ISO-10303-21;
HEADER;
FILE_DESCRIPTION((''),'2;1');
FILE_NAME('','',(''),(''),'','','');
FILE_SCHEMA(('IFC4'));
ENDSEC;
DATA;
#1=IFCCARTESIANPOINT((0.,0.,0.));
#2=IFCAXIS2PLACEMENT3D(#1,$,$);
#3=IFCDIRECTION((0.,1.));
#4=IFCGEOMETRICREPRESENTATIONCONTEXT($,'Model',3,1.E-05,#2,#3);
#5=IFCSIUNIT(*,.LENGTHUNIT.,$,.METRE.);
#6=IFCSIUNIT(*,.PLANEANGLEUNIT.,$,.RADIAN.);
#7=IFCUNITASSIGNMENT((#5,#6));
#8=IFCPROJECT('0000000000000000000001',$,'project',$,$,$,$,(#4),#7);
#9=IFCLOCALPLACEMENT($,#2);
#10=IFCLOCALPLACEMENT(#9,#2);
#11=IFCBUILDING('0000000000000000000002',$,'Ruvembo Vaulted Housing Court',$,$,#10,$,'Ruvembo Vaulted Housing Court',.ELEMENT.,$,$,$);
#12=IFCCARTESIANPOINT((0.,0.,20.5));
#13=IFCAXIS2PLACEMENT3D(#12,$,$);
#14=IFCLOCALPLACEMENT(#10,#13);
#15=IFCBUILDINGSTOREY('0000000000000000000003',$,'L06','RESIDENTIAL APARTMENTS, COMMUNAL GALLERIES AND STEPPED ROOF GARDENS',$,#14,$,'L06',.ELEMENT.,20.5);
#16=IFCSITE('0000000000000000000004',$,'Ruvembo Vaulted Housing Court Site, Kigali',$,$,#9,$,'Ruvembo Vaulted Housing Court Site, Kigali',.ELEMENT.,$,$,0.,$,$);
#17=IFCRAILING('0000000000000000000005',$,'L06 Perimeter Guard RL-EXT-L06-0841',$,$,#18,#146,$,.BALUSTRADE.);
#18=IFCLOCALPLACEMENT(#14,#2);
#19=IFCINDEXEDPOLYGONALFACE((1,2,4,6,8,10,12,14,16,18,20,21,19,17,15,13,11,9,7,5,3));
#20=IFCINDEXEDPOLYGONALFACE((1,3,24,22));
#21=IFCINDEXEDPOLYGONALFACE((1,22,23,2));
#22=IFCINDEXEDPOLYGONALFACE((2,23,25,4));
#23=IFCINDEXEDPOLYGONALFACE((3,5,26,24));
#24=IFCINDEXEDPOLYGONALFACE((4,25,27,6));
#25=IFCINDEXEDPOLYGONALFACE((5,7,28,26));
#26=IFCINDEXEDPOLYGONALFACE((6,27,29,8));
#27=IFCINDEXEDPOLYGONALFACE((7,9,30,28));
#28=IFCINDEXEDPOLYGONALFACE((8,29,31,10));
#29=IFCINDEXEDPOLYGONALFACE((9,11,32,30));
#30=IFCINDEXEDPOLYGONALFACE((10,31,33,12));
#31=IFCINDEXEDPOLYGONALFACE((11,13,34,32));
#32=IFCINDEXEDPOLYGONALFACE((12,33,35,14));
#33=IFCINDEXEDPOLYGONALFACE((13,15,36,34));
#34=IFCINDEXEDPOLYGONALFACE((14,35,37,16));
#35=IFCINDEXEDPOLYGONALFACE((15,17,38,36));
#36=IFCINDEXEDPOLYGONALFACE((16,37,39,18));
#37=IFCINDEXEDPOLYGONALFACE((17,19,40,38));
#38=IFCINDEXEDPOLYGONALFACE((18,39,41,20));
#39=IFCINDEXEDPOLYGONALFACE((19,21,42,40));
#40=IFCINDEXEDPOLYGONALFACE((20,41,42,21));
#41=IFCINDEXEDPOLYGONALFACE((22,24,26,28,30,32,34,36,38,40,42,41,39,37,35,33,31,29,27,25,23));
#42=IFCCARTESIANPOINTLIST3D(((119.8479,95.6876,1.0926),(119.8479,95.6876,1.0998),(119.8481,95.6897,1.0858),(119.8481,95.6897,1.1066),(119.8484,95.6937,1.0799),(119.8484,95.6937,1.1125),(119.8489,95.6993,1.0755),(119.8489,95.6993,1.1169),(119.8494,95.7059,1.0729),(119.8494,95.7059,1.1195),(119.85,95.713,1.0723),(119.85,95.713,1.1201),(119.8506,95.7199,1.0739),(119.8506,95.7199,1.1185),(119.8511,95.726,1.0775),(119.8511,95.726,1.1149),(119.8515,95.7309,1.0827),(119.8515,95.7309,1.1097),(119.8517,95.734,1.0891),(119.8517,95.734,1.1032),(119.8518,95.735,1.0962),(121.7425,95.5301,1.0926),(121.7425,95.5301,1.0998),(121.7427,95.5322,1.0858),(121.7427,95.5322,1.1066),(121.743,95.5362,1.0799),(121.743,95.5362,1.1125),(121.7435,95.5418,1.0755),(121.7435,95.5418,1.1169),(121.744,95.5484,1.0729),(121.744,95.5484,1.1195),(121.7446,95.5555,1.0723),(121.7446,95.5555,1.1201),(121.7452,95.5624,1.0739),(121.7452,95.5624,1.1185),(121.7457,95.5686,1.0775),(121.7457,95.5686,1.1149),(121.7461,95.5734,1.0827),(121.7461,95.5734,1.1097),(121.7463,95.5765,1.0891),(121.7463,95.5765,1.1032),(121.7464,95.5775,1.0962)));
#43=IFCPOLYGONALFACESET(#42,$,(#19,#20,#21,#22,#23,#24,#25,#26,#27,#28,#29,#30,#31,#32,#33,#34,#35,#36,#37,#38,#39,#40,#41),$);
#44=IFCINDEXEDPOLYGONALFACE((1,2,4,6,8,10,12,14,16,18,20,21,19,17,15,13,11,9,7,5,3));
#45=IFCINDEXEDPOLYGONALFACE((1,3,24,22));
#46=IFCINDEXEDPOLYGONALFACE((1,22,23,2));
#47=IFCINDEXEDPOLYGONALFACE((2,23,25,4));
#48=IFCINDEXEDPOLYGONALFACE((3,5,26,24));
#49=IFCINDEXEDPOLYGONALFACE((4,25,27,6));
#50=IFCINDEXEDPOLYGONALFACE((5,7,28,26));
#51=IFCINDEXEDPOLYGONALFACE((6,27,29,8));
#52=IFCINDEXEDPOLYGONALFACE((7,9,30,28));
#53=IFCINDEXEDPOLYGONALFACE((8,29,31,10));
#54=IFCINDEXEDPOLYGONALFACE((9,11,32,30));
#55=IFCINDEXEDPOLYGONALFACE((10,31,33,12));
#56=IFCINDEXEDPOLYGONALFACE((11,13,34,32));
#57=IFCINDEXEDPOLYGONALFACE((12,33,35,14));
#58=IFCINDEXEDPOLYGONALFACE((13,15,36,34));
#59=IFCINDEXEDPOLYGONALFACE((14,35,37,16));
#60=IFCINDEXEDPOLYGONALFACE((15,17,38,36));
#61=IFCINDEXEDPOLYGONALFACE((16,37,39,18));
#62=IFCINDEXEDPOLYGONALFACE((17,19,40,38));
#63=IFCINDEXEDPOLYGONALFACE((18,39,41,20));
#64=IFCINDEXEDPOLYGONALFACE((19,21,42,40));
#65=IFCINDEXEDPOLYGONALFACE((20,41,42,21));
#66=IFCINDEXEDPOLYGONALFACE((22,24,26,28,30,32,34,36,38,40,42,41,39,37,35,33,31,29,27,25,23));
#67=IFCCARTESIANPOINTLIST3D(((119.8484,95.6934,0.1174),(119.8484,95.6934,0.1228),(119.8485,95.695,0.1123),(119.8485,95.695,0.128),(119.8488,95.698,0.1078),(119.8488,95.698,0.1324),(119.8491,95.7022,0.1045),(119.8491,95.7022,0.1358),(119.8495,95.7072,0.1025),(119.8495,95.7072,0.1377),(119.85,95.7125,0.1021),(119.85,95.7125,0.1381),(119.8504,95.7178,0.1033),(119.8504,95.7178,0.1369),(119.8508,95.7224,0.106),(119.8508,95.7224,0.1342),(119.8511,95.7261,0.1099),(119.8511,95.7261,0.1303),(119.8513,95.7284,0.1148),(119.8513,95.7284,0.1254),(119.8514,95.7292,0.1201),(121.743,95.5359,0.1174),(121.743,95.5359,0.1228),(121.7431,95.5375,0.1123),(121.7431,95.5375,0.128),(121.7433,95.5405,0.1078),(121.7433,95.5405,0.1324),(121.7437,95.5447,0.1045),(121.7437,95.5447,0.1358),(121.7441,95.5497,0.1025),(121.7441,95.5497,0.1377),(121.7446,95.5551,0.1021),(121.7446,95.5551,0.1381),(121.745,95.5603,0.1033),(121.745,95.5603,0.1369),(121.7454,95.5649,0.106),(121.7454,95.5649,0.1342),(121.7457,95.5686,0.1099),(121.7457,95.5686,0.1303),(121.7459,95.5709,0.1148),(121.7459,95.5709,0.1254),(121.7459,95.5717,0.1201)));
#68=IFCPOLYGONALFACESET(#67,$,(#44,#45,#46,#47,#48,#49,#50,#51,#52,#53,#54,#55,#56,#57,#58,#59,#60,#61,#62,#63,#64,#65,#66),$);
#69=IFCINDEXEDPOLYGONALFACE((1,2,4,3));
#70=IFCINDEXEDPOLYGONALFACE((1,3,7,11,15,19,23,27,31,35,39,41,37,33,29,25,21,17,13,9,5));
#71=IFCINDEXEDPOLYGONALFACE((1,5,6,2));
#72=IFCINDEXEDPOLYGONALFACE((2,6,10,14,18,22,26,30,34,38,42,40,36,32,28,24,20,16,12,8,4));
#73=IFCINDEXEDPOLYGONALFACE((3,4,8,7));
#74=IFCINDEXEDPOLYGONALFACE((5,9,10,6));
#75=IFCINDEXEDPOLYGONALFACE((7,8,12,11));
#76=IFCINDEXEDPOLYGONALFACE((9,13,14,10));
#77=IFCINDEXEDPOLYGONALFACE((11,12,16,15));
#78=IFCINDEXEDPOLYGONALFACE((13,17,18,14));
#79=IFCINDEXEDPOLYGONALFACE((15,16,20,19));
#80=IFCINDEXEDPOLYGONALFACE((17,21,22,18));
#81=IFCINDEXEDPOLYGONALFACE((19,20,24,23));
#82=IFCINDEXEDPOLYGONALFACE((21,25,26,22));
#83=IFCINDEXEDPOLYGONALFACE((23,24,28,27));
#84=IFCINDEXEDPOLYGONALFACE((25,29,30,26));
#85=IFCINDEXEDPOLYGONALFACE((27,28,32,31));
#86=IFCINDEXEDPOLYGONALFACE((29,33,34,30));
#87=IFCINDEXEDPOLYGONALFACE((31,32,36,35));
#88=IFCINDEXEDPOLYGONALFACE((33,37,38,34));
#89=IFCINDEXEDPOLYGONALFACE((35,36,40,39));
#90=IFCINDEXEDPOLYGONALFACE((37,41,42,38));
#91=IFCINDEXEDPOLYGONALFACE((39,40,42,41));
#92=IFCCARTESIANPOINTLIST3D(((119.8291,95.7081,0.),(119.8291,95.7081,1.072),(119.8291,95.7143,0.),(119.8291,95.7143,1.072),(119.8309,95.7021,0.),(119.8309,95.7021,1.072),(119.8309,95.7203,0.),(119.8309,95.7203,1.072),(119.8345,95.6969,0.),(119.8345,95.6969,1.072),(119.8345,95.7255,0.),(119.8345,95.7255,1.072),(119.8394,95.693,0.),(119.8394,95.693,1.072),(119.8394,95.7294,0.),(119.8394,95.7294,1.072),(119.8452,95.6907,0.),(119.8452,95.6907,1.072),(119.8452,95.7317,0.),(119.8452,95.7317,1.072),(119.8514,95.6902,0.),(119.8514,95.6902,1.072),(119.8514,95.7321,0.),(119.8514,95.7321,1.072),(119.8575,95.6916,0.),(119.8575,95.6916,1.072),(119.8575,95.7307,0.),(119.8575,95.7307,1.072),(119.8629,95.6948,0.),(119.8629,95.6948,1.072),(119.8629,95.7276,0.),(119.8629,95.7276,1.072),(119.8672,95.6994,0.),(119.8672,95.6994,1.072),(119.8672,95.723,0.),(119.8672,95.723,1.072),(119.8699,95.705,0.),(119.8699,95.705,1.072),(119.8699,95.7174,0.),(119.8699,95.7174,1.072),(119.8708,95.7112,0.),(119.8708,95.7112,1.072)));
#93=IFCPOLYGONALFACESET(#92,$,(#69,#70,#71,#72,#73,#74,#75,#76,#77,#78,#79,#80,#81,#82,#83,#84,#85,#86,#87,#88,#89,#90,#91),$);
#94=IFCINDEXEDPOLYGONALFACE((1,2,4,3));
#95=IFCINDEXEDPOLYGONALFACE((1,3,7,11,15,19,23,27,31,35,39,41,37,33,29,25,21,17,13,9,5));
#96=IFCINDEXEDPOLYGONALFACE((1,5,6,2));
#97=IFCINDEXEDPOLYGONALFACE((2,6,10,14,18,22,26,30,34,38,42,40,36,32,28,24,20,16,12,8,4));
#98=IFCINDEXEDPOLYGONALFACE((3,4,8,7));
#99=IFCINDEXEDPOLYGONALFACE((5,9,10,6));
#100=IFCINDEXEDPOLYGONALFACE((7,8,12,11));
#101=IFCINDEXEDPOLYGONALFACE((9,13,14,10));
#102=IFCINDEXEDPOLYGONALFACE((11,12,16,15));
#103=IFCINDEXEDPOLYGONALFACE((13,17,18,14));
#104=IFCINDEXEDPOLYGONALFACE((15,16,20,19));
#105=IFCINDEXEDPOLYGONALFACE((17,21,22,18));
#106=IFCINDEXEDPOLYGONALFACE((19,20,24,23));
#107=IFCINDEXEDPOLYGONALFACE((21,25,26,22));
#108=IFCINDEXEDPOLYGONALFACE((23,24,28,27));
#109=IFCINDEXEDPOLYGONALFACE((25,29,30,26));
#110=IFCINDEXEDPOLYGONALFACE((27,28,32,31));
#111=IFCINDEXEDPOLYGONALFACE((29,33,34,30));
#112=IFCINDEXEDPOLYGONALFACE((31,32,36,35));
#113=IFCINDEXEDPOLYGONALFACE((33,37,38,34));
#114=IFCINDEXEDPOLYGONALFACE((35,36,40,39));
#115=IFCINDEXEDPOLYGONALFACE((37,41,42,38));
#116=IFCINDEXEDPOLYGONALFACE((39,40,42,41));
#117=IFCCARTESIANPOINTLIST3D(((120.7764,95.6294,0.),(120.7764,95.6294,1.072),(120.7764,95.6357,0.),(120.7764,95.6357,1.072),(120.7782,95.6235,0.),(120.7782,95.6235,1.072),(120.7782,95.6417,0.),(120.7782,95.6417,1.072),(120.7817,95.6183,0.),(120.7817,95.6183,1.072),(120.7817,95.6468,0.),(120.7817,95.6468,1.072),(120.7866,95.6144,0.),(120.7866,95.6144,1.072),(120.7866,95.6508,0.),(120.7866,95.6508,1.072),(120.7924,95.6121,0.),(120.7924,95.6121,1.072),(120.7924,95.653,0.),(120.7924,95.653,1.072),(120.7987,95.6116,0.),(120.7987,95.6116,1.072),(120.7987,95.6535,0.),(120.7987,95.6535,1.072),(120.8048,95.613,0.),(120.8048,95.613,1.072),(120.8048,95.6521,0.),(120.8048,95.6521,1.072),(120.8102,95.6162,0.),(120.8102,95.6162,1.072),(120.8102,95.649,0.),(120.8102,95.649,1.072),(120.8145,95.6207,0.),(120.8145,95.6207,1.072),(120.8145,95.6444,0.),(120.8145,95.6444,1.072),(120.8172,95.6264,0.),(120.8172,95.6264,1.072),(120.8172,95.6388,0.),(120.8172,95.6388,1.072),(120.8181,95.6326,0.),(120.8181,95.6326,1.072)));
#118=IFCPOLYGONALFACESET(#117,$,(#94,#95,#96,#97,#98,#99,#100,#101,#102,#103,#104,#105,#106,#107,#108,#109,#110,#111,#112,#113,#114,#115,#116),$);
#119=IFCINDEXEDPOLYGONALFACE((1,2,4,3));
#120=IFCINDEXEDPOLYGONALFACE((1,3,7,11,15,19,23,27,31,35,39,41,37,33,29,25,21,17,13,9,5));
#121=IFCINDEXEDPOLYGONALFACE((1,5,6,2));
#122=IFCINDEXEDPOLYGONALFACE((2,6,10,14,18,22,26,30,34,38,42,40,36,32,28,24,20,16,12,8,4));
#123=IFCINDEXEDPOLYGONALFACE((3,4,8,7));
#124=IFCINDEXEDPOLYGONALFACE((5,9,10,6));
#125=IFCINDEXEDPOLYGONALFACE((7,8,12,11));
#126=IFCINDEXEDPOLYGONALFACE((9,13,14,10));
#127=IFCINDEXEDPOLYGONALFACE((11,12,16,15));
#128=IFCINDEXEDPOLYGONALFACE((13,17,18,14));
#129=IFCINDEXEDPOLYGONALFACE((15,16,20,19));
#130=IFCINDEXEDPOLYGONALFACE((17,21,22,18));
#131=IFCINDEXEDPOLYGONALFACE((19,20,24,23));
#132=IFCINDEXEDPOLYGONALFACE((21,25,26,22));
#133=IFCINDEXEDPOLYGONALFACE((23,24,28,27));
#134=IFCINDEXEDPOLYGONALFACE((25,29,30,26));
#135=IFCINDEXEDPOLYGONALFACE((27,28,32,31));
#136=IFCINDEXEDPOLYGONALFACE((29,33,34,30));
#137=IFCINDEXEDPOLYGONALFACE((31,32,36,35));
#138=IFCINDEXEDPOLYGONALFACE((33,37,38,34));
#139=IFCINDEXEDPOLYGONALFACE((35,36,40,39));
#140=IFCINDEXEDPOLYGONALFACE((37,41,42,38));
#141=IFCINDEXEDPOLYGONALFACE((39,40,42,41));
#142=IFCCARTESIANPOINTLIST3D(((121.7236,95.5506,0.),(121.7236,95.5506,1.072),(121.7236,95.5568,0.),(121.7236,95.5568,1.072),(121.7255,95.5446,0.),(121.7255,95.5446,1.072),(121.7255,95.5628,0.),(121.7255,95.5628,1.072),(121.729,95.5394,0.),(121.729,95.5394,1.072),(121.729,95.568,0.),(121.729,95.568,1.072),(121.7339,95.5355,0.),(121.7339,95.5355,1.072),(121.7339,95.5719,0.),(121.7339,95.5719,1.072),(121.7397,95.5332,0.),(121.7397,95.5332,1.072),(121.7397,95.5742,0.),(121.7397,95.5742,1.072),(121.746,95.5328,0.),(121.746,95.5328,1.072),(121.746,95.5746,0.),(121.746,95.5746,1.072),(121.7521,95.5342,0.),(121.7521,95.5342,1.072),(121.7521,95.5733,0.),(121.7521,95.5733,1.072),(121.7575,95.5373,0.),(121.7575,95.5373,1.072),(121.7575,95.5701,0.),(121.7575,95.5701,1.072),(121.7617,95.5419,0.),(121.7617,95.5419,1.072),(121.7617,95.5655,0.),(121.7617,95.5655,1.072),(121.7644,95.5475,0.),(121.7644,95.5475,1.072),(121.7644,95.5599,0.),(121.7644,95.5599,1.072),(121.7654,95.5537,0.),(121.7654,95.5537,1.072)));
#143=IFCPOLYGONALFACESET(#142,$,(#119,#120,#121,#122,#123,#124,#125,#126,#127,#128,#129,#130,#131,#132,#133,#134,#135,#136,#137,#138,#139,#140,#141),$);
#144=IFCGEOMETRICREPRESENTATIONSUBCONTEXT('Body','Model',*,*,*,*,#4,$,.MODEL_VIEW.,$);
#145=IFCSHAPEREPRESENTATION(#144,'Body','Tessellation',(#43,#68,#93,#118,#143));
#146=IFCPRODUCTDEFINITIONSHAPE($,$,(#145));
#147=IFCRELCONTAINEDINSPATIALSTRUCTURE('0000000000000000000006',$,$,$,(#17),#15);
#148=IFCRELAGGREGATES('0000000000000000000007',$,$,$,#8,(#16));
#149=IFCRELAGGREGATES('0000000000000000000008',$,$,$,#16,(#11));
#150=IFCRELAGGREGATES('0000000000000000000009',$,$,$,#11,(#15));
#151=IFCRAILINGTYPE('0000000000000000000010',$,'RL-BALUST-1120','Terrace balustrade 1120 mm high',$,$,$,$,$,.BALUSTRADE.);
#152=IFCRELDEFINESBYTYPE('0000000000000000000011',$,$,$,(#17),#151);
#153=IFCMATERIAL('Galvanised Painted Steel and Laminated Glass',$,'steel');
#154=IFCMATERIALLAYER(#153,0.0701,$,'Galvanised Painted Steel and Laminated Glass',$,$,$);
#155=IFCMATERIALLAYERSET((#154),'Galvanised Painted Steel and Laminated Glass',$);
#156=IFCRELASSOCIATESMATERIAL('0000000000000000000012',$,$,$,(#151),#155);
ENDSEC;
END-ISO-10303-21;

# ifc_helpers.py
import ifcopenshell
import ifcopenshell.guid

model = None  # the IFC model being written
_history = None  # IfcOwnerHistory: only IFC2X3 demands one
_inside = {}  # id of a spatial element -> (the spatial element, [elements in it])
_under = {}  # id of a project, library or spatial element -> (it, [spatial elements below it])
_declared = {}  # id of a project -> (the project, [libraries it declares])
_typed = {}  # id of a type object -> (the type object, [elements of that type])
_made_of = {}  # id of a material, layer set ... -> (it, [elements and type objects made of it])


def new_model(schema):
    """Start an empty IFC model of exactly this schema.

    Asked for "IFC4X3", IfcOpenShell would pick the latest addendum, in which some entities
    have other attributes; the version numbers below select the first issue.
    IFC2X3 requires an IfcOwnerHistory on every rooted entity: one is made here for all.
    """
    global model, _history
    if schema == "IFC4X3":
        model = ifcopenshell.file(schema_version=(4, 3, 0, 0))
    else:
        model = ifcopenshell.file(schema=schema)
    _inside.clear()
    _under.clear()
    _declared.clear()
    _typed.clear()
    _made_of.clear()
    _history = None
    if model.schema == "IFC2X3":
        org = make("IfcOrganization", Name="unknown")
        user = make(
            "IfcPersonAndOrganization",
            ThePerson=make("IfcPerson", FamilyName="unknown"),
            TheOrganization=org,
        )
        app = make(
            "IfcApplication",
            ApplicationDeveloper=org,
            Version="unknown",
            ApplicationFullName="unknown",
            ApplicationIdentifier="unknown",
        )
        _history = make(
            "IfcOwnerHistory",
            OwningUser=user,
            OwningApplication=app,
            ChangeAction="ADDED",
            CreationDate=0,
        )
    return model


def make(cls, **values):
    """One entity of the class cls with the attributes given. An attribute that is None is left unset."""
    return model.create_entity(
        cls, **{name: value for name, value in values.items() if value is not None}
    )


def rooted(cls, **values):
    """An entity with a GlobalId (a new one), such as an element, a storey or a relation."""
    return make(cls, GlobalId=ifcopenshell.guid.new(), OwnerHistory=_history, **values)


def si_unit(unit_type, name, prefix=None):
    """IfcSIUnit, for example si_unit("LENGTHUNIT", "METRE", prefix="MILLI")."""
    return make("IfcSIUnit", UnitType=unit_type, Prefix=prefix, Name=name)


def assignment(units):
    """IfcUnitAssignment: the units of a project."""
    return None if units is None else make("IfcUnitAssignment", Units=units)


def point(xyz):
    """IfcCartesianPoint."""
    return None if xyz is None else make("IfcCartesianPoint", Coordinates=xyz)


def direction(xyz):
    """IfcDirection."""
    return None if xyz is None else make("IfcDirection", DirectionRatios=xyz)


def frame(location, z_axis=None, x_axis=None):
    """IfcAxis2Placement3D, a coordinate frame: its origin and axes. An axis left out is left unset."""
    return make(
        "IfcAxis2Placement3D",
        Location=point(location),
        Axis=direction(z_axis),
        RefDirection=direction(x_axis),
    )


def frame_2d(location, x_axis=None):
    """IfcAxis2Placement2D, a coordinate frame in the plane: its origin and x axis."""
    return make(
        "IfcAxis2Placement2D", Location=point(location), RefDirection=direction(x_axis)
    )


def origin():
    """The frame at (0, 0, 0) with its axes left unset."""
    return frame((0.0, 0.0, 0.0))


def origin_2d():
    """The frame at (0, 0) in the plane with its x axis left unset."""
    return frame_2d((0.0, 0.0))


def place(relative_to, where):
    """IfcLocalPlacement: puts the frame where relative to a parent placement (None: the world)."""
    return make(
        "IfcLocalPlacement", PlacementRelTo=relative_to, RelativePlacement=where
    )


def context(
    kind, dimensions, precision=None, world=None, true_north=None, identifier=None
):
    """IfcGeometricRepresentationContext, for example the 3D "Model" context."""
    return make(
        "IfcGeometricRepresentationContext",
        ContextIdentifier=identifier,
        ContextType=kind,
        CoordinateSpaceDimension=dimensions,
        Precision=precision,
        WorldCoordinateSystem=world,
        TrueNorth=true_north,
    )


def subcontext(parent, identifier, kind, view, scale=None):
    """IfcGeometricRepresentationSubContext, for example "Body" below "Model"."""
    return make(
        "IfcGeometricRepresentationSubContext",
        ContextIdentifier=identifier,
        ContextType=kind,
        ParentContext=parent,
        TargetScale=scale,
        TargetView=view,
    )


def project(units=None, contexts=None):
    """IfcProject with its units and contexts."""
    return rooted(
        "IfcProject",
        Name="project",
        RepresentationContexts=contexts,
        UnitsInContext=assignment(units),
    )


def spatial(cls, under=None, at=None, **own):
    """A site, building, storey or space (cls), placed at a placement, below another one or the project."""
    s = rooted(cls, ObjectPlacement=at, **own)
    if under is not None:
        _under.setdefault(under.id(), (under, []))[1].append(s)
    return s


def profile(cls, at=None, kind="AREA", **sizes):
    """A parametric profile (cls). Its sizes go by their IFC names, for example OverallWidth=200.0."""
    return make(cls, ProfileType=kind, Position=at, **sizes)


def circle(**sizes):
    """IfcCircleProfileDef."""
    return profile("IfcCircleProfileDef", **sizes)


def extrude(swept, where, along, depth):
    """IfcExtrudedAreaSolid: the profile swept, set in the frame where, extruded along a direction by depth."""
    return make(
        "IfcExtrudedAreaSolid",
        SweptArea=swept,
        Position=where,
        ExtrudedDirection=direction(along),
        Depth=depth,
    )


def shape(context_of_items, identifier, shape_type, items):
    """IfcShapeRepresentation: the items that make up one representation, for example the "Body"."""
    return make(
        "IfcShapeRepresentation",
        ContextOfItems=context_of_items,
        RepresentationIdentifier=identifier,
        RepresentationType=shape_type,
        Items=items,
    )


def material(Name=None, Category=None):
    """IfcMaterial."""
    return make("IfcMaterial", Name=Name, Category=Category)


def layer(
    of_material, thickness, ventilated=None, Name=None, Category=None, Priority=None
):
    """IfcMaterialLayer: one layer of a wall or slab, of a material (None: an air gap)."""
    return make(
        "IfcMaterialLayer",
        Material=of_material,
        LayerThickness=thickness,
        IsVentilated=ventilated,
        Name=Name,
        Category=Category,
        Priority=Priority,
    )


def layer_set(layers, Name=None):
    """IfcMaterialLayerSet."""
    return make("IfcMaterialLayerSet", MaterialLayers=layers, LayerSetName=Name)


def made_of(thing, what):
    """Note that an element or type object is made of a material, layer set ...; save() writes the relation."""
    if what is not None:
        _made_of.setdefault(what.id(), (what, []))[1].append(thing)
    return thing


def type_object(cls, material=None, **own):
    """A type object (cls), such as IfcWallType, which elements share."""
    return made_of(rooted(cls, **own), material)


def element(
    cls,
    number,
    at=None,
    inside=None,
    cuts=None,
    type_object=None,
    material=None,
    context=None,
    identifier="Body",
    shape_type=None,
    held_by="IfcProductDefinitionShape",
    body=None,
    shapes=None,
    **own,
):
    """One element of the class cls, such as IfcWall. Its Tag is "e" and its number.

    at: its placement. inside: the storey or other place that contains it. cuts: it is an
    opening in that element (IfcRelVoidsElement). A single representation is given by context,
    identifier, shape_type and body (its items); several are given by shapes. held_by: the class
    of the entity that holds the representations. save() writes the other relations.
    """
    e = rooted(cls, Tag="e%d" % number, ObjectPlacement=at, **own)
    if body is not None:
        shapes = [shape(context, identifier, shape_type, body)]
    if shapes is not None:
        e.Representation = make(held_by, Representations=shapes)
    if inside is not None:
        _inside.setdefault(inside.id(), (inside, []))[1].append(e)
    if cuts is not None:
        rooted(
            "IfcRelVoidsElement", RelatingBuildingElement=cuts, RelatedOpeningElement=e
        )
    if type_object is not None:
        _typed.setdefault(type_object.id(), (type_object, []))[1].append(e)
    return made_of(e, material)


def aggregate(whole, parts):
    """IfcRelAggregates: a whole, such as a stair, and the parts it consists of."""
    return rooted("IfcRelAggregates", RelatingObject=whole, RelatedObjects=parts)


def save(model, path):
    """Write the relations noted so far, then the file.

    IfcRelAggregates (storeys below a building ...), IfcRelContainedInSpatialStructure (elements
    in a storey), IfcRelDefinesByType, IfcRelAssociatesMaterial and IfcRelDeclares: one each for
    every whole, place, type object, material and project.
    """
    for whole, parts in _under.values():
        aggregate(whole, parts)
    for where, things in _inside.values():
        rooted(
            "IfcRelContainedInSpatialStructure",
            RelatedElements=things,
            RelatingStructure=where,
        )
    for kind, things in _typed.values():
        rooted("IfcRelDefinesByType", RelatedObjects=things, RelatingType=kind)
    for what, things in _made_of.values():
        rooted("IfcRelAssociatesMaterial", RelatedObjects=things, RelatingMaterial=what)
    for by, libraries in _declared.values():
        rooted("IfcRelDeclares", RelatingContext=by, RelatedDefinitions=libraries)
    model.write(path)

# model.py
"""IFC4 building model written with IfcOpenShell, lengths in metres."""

from ifc_helpers import new_model, si_unit, direction, frame, origin, origin_2d, place, context, subcontext, project, spatial, circle, extrude, material, layer, layer_set, type_object, element, save


model = new_model("IFC4")

# Units and contexts
model_context = context("Model", 3, precision=1e-05, world=origin(), true_north=direction((0.0, 1.0)))
body_context = subcontext(model_context, "Body", "Model", "MODEL_VIEW")
ifc_project = project(units=[si_unit("LENGTHUNIT", "METRE"), si_unit("PLANEANGLEUNIT", "RADIAN")], contexts=[model_context])

# Site, building, storey
site_placement = place(None, origin())
site = spatial("IfcSite", under=ifc_project, at=site_placement, Name="Ruvembo Vaulted Housing Court Site, Kigali", LongName="Ruvembo Vaulted Housing Court Site, Kigali", CompositionType="ELEMENT", RefElevation=0.0)
building_placement = place(site_placement, origin())
building = spatial("IfcBuilding", under=site, at=building_placement, Name="Ruvembo Vaulted Housing Court", LongName="Ruvembo Vaulted Housing Court", CompositionType="ELEMENT")
storey_placement = place(building_placement, frame((0.0, 0.0, 20.5)))
storey = spatial("IfcBuildingStorey", under=building, at=storey_placement, Name="L06", Description="RESIDENTIAL APARTMENTS, COMMUNAL GALLERIES AND STEPPED ROOF GARDENS", LongName="L06", CompositionType="ELEMENT", Elevation=20.5)

# Railing
ifc_material_1 = material(Name="Galvanised Painted Steel and Laminated Glass", Category="steel")
ifc_layer = layer(ifc_material_1, 0.0701, Name="Galvanised Painted Steel and Laminated Glass")
ifc_layer_set = layer_set([ifc_layer], Name="Galvanised Painted Steel and Laminated Glass")
railing_type = type_object("IfcRailingType", Name="RL-BALUST-1120", Description="Terrace balustrade 1120 mm high", PredefinedType="BALUSTRADE", material=ifc_layer_set)
railing_1_placement = place(storey_placement, frame((119.8499, 95.7112, 0.0)))
element("IfcRailing", 1, at=railing_1_placement, inside=storey, type_object=railing_type, Name="L06 Perimeter Guard RL-EXT-L06-0841", PredefinedType="BALUSTRADE", context=body_context, shape_type="SweptSolid", body=[
    extrude(circle(Radius=0.0239, at=origin_2d()), frame((0.0, 0.0, 1.0962), z_axis=(0.996563, -0.082833, 0.0), x_axis=(0.082833, 0.996563, 0.0)), (0.0, 0.0, 1.0), 1.9011),
    extrude(circle(Radius=0.0181, at=origin_2d()), frame((0.0, 0.0, 0.1201), z_axis=(0.996563, -0.082833, 0.0), x_axis=(0.082833, 0.996563, 0.0)), (0.0, 0.0, 1.0), 1.9011),
    extrude(circle(Radius=0.021, at=origin_2d()), origin(), (0.0, 0.0, 1.0), 1.072),
    extrude(circle(Radius=0.021, at=origin_2d()), frame((0.9473, -0.0786, 0.0)), (0.0, 0.0, 1.0), 1.072),
    extrude(circle(Radius=0.021, at=origin_2d()), frame((1.8945, -0.1575, 0.0)), (0.0, 0.0, 1.0), 1.072),
])

save(model, "model.ifc")
